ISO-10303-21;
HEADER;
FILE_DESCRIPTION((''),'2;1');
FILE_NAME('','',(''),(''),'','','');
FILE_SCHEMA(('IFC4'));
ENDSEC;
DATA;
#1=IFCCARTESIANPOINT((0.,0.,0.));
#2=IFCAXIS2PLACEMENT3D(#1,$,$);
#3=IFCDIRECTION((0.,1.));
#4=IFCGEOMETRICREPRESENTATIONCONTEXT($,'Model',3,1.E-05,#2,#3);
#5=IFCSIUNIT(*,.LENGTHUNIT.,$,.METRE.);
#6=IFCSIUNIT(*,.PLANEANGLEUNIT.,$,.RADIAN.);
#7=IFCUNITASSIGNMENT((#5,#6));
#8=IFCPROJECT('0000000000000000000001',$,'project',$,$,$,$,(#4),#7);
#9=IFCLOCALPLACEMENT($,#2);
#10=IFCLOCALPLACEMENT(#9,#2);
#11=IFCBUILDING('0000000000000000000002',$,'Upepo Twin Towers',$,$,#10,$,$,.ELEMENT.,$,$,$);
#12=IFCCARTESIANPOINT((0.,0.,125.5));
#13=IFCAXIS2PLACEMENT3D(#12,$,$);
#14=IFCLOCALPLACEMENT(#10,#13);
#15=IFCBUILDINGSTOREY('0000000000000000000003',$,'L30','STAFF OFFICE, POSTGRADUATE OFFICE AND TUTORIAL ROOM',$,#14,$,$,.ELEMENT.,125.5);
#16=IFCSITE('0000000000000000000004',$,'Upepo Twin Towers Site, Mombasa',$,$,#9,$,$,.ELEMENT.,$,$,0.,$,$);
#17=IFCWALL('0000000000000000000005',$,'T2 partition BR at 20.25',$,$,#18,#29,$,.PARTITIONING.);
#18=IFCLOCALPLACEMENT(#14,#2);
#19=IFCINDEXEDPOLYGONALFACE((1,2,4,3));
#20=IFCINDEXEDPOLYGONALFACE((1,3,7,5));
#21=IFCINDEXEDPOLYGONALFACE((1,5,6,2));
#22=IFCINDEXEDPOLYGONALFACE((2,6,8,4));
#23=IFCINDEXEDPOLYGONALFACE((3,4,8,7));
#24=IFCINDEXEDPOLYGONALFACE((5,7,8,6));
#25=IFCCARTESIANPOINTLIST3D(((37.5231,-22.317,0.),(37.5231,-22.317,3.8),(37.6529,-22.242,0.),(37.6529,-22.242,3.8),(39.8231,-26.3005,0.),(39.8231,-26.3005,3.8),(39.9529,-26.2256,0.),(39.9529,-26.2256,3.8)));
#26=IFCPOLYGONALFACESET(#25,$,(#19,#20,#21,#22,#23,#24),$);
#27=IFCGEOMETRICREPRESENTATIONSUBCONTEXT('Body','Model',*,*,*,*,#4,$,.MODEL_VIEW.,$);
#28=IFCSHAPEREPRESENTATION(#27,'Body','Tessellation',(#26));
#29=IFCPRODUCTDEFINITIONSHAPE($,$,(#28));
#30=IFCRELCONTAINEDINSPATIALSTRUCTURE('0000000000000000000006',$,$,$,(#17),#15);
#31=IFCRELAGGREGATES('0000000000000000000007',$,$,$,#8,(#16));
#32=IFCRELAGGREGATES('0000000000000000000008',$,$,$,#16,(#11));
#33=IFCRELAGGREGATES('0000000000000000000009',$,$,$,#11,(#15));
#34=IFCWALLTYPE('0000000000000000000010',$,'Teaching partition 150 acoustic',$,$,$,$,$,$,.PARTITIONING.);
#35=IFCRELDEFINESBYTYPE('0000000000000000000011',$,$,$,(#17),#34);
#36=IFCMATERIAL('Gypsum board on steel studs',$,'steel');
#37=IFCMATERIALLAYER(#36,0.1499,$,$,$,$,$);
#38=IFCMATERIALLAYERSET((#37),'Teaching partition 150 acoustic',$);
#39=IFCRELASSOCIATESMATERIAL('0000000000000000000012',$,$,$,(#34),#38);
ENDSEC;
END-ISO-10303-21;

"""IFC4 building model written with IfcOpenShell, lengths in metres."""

from ifc_helpers import new_model, si_unit, direction, frame, frame_2d, origin, place, context, subcontext, project, spatial, rectangle, extrude, material, layer, layer_set, type_object, element, save


model = new_model("IFC4")

# Units and contexts
model_context = context("Model", 3, precision=1e-05, world=origin(), true_north=direction((0.0, 1.0)))
body_context = subcontext(model_context, "Body", "Model", "MODEL_VIEW")
ifc_project = project(units=[si_unit("LENGTHUNIT", "METRE"), si_unit("PLANEANGLEUNIT", "RADIAN")], contexts=[model_context])

# Site, building, storey
site_placement = place(None, origin())
site = spatial("IfcSite", under=ifc_project, at=site_placement, Name="Upepo Twin Towers Site, Mombasa", CompositionType="ELEMENT", RefElevation=0.0)
building_placement = place(site_placement, origin())
building = spatial("IfcBuilding", under=site, at=building_placement, Name="Upepo Twin Towers", CompositionType="ELEMENT")
storey_placement = place(building_placement, frame((0.0, 0.0, 125.5)))
storey = spatial("IfcBuildingStorey", under=building, at=storey_placement, Name="L30", Description="STAFF OFFICE, POSTGRADUATE OFFICE AND TUTORIAL ROOM", CompositionType="ELEMENT", Elevation=125.5)

# Shared definitions
ifc_material_1 = material(Name="Gypsum board on steel studs", Category="steel")
ifc_layer_1 = layer(ifc_material_1, 0.1499)
ifc_layer_set_1 = layer_set([ifc_layer_1], Name="Teaching partition 150 acoustic")
wall_type_1 = type_object("IfcWallType", Name="Teaching partition 150 acoustic", PredefinedType="PARTITIONING", material=ifc_layer_set_1)

# Wall
wall_1_placement = place(storey_placement, frame((39.8879, -26.2629, 0.0), z_axis=(0.0, 0.0, 1.0), x_axis=(-0.500015, 0.866017, 0.0)))
element("IfcWall", 1, at=wall_1_placement, inside=storey, type_object=wall_type_1, Name="T2 partition BR at 20.25", PredefinedType="PARTITIONING", context=body_context, shape_type="SweptSolid", body=[
    extrude(rectangle(XDim=4.5999, YDim=0.1499, at=frame_2d((2.2998, 0.0))), origin(), (0.0, 0.0, 1.0), 3.8),
])

save(model, "model.ifc")
